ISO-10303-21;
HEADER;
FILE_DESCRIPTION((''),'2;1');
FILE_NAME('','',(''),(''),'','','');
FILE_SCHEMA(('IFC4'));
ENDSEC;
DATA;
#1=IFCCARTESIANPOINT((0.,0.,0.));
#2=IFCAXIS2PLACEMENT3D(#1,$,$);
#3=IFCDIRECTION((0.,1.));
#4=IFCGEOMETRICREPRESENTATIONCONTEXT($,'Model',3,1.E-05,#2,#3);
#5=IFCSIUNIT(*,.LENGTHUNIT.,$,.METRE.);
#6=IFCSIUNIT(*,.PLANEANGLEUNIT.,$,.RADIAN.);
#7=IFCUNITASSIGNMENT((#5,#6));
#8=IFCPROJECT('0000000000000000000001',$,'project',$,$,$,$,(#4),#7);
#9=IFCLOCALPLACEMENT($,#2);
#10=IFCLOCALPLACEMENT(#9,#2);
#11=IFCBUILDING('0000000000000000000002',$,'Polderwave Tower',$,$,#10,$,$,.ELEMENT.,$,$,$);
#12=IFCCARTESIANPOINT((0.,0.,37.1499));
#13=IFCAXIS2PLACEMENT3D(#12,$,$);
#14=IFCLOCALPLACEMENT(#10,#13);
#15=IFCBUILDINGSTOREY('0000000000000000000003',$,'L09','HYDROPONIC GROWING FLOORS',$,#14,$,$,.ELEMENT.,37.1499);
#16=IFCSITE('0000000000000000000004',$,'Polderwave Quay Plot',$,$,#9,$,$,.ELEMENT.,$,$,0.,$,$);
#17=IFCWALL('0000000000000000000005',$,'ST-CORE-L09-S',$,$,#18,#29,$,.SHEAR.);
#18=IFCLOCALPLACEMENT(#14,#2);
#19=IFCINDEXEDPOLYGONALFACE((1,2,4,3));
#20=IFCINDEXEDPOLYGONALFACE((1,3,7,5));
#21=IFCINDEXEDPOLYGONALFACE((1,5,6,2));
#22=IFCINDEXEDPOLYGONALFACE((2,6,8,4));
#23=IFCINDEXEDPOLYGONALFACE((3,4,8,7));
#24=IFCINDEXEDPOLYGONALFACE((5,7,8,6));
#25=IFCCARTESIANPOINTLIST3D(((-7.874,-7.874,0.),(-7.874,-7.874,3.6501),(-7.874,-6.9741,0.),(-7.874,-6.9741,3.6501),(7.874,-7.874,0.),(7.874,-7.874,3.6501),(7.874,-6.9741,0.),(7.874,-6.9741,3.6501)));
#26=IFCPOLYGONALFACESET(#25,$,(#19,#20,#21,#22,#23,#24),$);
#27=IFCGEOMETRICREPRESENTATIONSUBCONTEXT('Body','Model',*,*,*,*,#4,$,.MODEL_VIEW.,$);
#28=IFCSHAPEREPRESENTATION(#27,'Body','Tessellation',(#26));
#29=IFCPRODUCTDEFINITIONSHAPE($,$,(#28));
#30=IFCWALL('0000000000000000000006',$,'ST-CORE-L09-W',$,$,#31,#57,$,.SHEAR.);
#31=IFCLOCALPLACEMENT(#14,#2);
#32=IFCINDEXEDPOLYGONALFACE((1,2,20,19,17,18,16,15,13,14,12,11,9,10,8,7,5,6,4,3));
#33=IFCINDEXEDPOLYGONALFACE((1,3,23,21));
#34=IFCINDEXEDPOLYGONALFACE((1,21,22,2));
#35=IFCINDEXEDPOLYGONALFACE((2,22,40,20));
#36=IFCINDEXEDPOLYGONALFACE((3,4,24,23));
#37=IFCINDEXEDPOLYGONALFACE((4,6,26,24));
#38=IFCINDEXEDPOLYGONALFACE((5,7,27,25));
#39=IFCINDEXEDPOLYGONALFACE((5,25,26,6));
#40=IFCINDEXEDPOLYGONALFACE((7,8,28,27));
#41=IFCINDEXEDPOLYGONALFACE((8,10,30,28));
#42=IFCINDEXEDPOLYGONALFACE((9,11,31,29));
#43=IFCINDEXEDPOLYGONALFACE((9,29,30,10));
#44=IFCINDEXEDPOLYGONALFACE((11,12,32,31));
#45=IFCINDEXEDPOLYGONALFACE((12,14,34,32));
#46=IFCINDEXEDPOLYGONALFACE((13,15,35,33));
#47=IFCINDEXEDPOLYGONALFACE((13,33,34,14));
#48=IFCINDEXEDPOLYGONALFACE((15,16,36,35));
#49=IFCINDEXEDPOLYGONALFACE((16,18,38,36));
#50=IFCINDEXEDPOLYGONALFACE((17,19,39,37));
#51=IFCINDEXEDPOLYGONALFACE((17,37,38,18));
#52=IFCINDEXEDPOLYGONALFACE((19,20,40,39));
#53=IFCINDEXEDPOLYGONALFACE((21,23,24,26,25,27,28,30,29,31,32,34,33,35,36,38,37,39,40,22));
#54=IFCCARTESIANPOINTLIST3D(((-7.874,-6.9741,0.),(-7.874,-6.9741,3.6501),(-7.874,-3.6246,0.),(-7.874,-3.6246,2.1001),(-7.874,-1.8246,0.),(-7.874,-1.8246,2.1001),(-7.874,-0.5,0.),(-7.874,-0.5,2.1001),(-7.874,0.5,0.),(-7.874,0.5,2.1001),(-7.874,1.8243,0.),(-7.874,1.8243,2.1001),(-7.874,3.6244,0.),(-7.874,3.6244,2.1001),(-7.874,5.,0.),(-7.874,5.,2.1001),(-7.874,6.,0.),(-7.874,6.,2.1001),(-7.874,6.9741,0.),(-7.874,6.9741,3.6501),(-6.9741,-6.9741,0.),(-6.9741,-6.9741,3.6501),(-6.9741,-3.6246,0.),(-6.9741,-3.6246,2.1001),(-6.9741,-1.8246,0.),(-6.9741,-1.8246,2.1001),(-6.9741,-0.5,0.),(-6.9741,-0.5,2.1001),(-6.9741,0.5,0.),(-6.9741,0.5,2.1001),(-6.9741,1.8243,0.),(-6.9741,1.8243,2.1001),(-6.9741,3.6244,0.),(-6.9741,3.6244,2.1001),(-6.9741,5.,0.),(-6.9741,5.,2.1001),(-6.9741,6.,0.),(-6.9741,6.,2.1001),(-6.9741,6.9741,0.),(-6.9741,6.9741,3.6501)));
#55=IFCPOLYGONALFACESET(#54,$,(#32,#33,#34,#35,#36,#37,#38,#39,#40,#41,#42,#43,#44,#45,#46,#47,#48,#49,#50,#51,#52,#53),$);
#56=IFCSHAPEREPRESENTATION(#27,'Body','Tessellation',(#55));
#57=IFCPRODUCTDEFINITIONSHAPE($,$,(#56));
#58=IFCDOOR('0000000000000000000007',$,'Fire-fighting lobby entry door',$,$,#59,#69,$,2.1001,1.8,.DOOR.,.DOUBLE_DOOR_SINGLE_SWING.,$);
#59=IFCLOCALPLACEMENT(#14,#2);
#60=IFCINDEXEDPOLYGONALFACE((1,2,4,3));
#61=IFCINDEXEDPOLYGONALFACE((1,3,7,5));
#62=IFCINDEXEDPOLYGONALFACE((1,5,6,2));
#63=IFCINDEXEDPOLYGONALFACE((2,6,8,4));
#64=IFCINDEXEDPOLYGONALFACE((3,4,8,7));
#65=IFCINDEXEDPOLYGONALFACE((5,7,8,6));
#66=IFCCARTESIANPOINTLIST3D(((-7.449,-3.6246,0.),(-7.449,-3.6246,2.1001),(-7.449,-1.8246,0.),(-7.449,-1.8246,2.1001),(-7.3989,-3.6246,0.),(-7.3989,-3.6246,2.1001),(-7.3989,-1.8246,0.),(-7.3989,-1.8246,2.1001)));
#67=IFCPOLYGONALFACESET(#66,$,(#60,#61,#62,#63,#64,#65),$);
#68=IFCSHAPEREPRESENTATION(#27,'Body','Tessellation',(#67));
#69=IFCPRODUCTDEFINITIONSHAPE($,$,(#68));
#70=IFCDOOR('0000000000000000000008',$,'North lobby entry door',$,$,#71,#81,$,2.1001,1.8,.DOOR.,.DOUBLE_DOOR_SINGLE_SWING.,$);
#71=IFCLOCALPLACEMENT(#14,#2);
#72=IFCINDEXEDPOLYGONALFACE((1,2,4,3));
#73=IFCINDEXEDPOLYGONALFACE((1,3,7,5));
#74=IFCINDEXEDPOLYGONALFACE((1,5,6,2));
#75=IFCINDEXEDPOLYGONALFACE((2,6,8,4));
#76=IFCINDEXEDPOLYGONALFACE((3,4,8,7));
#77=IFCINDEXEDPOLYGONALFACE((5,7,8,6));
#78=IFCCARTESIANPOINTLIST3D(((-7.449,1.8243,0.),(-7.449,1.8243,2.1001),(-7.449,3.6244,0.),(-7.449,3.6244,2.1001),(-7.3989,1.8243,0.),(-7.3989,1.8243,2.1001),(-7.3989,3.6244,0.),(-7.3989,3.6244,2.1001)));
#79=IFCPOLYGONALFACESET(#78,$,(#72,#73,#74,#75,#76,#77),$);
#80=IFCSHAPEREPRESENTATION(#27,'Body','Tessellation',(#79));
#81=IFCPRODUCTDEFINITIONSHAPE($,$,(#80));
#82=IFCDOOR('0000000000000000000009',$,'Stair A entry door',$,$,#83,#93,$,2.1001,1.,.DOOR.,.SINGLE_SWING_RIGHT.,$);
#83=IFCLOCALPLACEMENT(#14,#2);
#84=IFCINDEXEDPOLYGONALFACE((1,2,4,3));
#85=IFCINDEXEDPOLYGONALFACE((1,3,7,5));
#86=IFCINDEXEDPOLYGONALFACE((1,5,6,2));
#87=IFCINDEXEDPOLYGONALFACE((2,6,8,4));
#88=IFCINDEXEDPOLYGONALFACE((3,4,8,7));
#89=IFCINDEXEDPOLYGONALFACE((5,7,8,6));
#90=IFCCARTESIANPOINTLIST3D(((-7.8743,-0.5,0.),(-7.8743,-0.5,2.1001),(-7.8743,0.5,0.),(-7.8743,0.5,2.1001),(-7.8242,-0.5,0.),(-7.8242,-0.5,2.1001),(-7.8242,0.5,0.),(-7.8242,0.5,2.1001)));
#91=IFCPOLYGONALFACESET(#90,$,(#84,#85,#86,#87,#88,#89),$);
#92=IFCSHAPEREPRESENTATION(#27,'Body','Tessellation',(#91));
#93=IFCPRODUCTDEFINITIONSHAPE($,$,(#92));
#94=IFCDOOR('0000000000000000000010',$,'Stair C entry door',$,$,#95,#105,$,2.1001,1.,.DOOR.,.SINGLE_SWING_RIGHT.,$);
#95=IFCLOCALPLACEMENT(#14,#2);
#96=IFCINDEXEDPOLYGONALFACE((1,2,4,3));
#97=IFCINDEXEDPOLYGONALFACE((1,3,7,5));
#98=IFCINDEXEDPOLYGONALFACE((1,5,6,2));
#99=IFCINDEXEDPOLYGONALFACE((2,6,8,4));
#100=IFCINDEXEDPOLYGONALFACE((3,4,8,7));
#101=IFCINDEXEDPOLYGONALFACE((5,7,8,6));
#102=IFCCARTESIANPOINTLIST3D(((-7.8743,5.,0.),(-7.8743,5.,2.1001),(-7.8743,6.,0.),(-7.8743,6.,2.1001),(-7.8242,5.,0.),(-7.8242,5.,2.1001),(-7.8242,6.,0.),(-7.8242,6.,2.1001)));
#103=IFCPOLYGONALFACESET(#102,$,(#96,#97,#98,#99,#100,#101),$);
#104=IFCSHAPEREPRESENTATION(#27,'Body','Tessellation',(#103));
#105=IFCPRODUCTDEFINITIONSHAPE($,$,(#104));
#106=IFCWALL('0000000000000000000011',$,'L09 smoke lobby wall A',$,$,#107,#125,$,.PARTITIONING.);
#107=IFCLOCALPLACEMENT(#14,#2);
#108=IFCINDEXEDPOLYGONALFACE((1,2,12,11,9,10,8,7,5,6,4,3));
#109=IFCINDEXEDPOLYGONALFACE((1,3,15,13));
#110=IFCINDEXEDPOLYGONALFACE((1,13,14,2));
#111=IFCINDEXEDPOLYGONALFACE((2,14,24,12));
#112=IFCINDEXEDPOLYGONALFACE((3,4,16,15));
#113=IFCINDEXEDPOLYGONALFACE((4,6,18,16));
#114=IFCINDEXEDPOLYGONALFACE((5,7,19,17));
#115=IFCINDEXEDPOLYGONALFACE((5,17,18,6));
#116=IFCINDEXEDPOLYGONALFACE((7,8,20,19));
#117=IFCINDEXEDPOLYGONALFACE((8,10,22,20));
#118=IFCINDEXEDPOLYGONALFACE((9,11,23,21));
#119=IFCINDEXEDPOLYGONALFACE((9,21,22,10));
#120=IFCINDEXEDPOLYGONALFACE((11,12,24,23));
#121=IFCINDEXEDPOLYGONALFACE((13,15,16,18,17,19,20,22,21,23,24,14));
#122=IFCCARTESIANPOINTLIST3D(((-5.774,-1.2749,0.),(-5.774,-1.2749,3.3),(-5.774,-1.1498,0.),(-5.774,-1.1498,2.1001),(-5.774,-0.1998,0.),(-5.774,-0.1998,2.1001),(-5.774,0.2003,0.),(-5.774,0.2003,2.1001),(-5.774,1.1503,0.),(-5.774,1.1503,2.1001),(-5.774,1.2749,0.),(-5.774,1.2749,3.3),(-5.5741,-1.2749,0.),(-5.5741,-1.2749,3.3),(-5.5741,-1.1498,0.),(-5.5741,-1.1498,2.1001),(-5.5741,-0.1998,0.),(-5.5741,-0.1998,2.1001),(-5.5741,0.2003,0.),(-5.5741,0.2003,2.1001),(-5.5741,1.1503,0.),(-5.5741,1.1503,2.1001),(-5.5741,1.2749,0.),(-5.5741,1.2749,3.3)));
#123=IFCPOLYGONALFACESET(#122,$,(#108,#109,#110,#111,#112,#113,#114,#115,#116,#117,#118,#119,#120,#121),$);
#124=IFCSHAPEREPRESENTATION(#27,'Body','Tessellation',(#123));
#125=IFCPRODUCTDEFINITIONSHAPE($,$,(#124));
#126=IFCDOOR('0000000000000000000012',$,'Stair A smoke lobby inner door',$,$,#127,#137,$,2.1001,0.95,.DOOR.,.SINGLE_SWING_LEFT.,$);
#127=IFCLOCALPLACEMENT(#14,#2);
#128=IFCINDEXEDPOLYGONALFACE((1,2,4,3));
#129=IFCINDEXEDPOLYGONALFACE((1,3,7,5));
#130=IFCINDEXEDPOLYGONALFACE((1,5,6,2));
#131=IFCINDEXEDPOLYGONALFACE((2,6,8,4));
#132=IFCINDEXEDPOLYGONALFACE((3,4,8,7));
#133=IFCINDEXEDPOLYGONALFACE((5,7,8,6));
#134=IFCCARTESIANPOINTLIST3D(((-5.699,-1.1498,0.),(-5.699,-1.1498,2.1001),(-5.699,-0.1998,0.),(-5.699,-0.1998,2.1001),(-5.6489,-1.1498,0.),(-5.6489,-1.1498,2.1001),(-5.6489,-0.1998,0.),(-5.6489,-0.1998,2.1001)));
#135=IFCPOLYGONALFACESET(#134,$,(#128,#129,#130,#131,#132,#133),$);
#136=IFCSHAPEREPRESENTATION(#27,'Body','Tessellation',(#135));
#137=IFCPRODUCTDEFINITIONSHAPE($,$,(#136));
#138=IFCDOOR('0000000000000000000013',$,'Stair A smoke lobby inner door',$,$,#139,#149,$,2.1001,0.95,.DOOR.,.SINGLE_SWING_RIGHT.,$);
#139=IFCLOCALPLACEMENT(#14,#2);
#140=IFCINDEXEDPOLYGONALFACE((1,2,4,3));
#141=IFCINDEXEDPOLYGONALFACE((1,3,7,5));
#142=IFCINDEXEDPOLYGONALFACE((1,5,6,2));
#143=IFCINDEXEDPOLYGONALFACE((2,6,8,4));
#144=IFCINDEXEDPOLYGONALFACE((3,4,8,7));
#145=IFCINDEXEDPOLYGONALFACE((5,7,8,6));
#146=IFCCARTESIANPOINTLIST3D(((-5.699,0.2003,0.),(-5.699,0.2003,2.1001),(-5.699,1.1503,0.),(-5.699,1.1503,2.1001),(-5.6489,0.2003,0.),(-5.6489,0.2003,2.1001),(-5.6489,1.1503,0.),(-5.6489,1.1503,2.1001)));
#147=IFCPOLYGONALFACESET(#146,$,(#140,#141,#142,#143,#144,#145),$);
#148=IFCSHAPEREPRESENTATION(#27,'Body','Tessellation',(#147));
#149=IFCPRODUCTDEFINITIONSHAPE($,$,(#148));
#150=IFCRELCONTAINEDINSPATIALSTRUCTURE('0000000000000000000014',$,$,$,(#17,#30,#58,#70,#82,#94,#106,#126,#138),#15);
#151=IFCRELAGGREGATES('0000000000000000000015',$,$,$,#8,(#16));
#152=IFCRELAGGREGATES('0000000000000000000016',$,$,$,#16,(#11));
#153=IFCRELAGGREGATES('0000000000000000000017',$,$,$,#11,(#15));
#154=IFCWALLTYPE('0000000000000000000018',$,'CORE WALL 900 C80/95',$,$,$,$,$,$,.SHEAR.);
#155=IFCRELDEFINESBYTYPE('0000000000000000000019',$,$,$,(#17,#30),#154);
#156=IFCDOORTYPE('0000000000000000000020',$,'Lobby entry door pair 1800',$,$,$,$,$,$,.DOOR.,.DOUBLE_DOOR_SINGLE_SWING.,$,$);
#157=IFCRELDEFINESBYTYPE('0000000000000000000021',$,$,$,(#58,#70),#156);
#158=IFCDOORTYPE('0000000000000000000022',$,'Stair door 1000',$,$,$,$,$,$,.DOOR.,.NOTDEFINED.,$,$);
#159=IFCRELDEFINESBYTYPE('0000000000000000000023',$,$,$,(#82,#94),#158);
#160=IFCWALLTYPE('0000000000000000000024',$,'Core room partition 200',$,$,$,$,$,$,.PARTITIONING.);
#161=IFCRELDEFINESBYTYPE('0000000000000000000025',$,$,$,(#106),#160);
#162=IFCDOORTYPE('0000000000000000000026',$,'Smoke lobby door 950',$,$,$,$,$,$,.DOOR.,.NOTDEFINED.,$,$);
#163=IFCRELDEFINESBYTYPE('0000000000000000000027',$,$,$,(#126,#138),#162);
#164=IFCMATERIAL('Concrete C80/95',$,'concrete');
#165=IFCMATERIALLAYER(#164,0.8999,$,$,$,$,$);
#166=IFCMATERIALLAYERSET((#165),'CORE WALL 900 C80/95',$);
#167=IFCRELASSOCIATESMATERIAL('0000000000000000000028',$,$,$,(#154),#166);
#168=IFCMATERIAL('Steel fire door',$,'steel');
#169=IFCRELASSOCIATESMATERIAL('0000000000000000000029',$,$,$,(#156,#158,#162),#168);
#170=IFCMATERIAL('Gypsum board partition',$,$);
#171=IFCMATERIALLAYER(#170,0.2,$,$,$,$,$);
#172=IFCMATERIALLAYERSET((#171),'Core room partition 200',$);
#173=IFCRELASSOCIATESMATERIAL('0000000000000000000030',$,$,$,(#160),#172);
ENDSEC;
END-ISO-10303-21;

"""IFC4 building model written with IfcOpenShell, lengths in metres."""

from ifc_helpers import new_model, si_unit, direction, frame, frame_2d, origin, place, context, subcontext, project, spatial, rectangle, extrude, material, layer, layer_set, type_object, element, fill, save


model = new_model("IFC4")

# Units and contexts
model_context = context("Model", 3, precision=1e-05, world=origin(), true_north=direction((0.0, 1.0)))
body_context = subcontext(model_context, "Body", "Model", "MODEL_VIEW")
ifc_project = project(units=[si_unit("LENGTHUNIT", "METRE"), si_unit("PLANEANGLEUNIT", "RADIAN")], contexts=[model_context])

# Site, building, storey
site_placement = place(None, origin())
site = spatial("IfcSite", under=ifc_project, at=site_placement, Name="Polderwave Quay Plot", CompositionType="ELEMENT", RefElevation=0.0)
building_placement = place(site_placement, origin())
building = spatial("IfcBuilding", under=site, at=building_placement, Name="Polderwave Tower", CompositionType="ELEMENT")
storey_placement = place(building_placement, frame((0.0, 0.0, 37.1499)))
storey = spatial("IfcBuildingStorey", under=building, at=storey_placement, Name="L09", Description="HYDROPONIC GROWING FLOORS", CompositionType="ELEMENT", Elevation=37.1499)

# Wall
ifc_material_1 = material(Name="Concrete C80/95", Category="concrete")
ifc_layer_1 = layer(ifc_material_1, 0.8999)
ifc_layer_set_1 = layer_set([ifc_layer_1], Name="CORE WALL 900 C80/95")
wall_type_1 = type_object("IfcWallType", Name="CORE WALL 900 C80/95", PredefinedType="SHEAR", material=ifc_layer_set_1)
wall_1_placement = place(storey_placement, frame((-7.874, -7.4241, 0.0), z_axis=(0.0, 0.0, 1.0), x_axis=(1.0, 0.0, 0.0)))
element("IfcWall", 1, at=wall_1_placement, inside=storey, type_object=wall_type_1, Name="ST-CORE-L09-S", PredefinedType="SHEAR", context=body_context, shape_type="SweptSolid", body=[
    extrude(rectangle(XDim=15.748, YDim=0.8999, at=frame_2d((7.874, 0.0))), origin(), (0.0, 0.0, 1.0), 3.6501),
])

# Walls, openings, doors
wall_2_placement = place(storey_placement, frame((-7.4241, -6.9741, 0.0), z_axis=(0.0, 0.0, 1.0), x_axis=(0.0, 1.0, 0.0)))
wall_2 = element("IfcWall", 2, at=wall_2_placement, inside=storey, type_object=wall_type_1, Name="ST-CORE-L09-W", PredefinedType="SHEAR", context=body_context, shape_type="SweptSolid", body=[
    extrude(rectangle(XDim=13.9482, YDim=0.8999, at=frame_2d((6.9741, 0.0))), origin(), (0.0, 0.0, 1.0), 3.6501),
])
opening_1_placement = place(wall_2_placement, frame((6.4741, 0.0, 0.0)))
opening_1 = element("IfcOpeningElement", 3, at=opening_1_placement, cuts=wall_2, PredefinedType="OPENING", context=body_context, shape_type="SweptSolid", body=[
    extrude(rectangle(XDim=1.0, YDim=2.1001, at=frame_2d((0.5, 1.05))), frame((0.0, 0.46, 0.0), z_axis=(0.0, -1.0, 0.0), x_axis=(1.0, 0.0, 0.0)), (0.0, 0.0, 1.0), 0.9199),
])
opening_2_placement = place(wall_2_placement, frame((3.3496, 0.0, 0.0)))
opening_2 = element("IfcOpeningElement", 4, at=opening_2_placement, cuts=wall_2, PredefinedType="OPENING", context=body_context, shape_type="SweptSolid", body=[
    extrude(rectangle(XDim=1.8, YDim=2.1001, at=frame_2d((0.8999, 1.05))), frame((0.0, 0.46, 0.0), z_axis=(0.0, -1.0, 0.0), x_axis=(1.0, 0.0, 0.0)), (0.0, 0.0, 1.0), 0.9199),
])
opening_3_placement = place(wall_2_placement, frame((8.7986, 0.0, 0.0)))
opening_3 = element("IfcOpeningElement", 5, at=opening_3_placement, cuts=wall_2, PredefinedType="OPENING", context=body_context, shape_type="SweptSolid", body=[
    extrude(rectangle(XDim=1.8, YDim=2.1001, at=frame_2d((0.8999, 1.05))), frame((0.0, 0.46, 0.0), z_axis=(0.0, -1.0, 0.0), x_axis=(1.0, 0.0, 0.0)), (0.0, 0.0, 1.0), 0.9199),
])
opening_4_placement = place(wall_2_placement, frame((11.9741, 0.0, 0.0)))
opening_4 = element("IfcOpeningElement", 6, at=opening_4_placement, cuts=wall_2, PredefinedType="OPENING", context=body_context, shape_type="SweptSolid", body=[
    extrude(rectangle(XDim=1.0, YDim=2.1001, at=frame_2d((0.5, 1.05))), frame((0.0, 0.46, 0.0), z_axis=(0.0, -1.0, 0.0), x_axis=(1.0, 0.0, 0.0)), (0.0, 0.0, 1.0), 0.9199),
])
ifc_material_2 = material(Name="Steel fire door", Category="steel")
door_type_1 = type_object("IfcDoorType", Name="Lobby entry door pair 1800", OperationType="DOUBLE_DOOR_SINGLE_SWING", PredefinedType="DOOR", material=ifc_material_2)
door_1_placement = place(opening_2_placement, origin())
door_1 = element("IfcDoor", 7, at=door_1_placement, inside=storey, type_object=door_type_1, Name="Fire-fighting lobby entry door", OperationType="DOUBLE_DOOR_SINGLE_SWING", OverallHeight=2.1001, OverallWidth=1.8, PredefinedType="DOOR", context=body_context, shape_type="SweptSolid", body=[
    extrude(rectangle(XDim=1.8, YDim=2.1001, at=frame_2d((0.8999, 1.05))), frame((0.0, 0.0249, 0.0), z_axis=(0.0, -1.0, 0.0), x_axis=(1.0, 0.0, 0.0)), (0.0, 0.0, 1.0), 0.05),
])
fill(opening_2, door_1)
door_2_placement = place(opening_3_placement, origin())
door_2 = element("IfcDoor", 8, at=door_2_placement, inside=storey, type_object=door_type_1, Name="North lobby entry door", OperationType="DOUBLE_DOOR_SINGLE_SWING", OverallHeight=2.1001, OverallWidth=1.8, PredefinedType="DOOR", context=body_context, shape_type="SweptSolid", body=[
    extrude(rectangle(XDim=1.8, YDim=2.1001, at=frame_2d((0.8999, 1.05))), frame((0.0, 0.0249, 0.0), z_axis=(0.0, -1.0, 0.0), x_axis=(1.0, 0.0, 0.0)), (0.0, 0.0, 1.0), 0.05),
])
fill(opening_3, door_2)
door_type_2 = type_object("IfcDoorType", Name="Stair door 1000", OperationType="NOTDEFINED", PredefinedType="DOOR", material=ifc_material_2)
door_3_placement = place(opening_1_placement, origin())
door_3 = element("IfcDoor", 9, at=door_3_placement, inside=storey, type_object=door_type_2, Name="Stair A entry door", OperationType="SINGLE_SWING_RIGHT", OverallHeight=2.1001, OverallWidth=1.0, PredefinedType="DOOR", context=body_context, shape_type="SweptSolid", body=[
    extrude(rectangle(XDim=1.0, YDim=2.1001, at=frame_2d((0.5, 1.05))), frame((0.0, 0.4502, 0.0), z_axis=(0.0, -1.0, 0.0), x_axis=(1.0, 0.0, 0.0)), (0.0, 0.0, 1.0), 0.05),
])
fill(opening_1, door_3)
door_4_placement = place(opening_4_placement, origin())
door_4 = element("IfcDoor", 10, at=door_4_placement, inside=storey, type_object=door_type_2, Name="Stair C entry door", OperationType="SINGLE_SWING_RIGHT", OverallHeight=2.1001, OverallWidth=1.0, PredefinedType="DOOR", context=body_context, shape_type="SweptSolid", body=[
    extrude(rectangle(XDim=1.0, YDim=2.1001, at=frame_2d((0.5, 1.05))), frame((0.0, 0.4502, 0.0), z_axis=(0.0, -1.0, 0.0), x_axis=(1.0, 0.0, 0.0)), (0.0, 0.0, 1.0), 0.05),
])
fill(opening_4, door_4)
ifc_material_3 = material(Name="Gypsum board partition")
ifc_layer_2 = layer(ifc_material_3, 0.2)
ifc_layer_set_2 = layer_set([ifc_layer_2], Name="Core room partition 200")
wall_type_2 = type_object("IfcWallType", Name="Core room partition 200", PredefinedType="PARTITIONING", material=ifc_layer_set_2)
wall_3_placement = place(storey_placement, frame((-5.6741, -1.2749, 0.0), z_axis=(0.0, 0.0, 1.0), x_axis=(0.0, 1.0, 0.0)))
wall_3 = element("IfcWall", 11, at=wall_3_placement, inside=storey, type_object=wall_type_2, Name="L09 smoke lobby wall A", PredefinedType="PARTITIONING", context=body_context, shape_type="SweptSolid", body=[
    extrude(rectangle(XDim=2.5498, YDim=0.2, at=frame_2d((1.2749, 0.0))), origin(), (0.0, 0.0, 1.0), 3.3),
])
opening_5_placement = place(wall_3_placement, frame((0.125, 0.0, 0.0)))
opening_5 = element("IfcOpeningElement", 12, at=opening_5_placement, cuts=wall_3, PredefinedType="OPENING", context=body_context, shape_type="SweptSolid", body=[
    extrude(rectangle(XDim=0.95, YDim=2.1001, at=frame_2d((0.4751, 1.05))), frame((0.0, 0.1099, 0.0), z_axis=(0.0, -1.0, 0.0), x_axis=(1.0, 0.0, 0.0)), (0.0, 0.0, 1.0), 0.22),
])
opening_6_placement = place(wall_3_placement, frame((1.4751, 0.0, 0.0)))
opening_6 = element("IfcOpeningElement", 13, at=opening_6_placement, cuts=wall_3, PredefinedType="OPENING", context=body_context, shape_type="SweptSolid", body=[
    extrude(rectangle(XDim=0.95, YDim=2.1001, at=frame_2d((0.4751, 1.05))), frame((0.0, 0.1099, 0.0), z_axis=(0.0, -1.0, 0.0), x_axis=(1.0, 0.0, 0.0)), (0.0, 0.0, 1.0), 0.22),
])
door_type_3 = type_object("IfcDoorType", Name="Smoke lobby door 950", OperationType="NOTDEFINED", PredefinedType="DOOR", material=ifc_material_2)
door_5_placement = place(opening_5_placement, origin())
door_5 = element("IfcDoor", 14, at=door_5_placement, inside=storey, type_object=door_type_3, Name="Stair A smoke lobby inner door", OperationType="SINGLE_SWING_LEFT", OverallHeight=2.1001, OverallWidth=0.95, PredefinedType="DOOR", context=body_context, shape_type="SweptSolid", body=[
    extrude(rectangle(XDim=0.95, YDim=2.1001, at=frame_2d((0.4751, 1.05))), frame((0.0, 0.0249, 0.0), z_axis=(0.0, -1.0, 0.0), x_axis=(1.0, 0.0, 0.0)), (0.0, 0.0, 1.0), 0.05),
])
fill(opening_5, door_5)
door_6_placement = place(opening_6_placement, origin())
door_6 = element("IfcDoor", 15, at=door_6_placement, inside=storey, type_object=door_type_3, Name="Stair A smoke lobby inner door", OperationType="SINGLE_SWING_RIGHT", OverallHeight=2.1001, OverallWidth=0.95, PredefinedType="DOOR", context=body_context, shape_type="SweptSolid", body=[
    extrude(rectangle(XDim=0.95, YDim=2.1001, at=frame_2d((0.4751, 1.05))), frame((0.0, 0.0249, 0.0), z_axis=(0.0, -1.0, 0.0), x_axis=(1.0, 0.0, 0.0)), (0.0, 0.0, 1.0), 0.05),
])
fill(opening_6, door_6)

save(model, "model.ifc")
